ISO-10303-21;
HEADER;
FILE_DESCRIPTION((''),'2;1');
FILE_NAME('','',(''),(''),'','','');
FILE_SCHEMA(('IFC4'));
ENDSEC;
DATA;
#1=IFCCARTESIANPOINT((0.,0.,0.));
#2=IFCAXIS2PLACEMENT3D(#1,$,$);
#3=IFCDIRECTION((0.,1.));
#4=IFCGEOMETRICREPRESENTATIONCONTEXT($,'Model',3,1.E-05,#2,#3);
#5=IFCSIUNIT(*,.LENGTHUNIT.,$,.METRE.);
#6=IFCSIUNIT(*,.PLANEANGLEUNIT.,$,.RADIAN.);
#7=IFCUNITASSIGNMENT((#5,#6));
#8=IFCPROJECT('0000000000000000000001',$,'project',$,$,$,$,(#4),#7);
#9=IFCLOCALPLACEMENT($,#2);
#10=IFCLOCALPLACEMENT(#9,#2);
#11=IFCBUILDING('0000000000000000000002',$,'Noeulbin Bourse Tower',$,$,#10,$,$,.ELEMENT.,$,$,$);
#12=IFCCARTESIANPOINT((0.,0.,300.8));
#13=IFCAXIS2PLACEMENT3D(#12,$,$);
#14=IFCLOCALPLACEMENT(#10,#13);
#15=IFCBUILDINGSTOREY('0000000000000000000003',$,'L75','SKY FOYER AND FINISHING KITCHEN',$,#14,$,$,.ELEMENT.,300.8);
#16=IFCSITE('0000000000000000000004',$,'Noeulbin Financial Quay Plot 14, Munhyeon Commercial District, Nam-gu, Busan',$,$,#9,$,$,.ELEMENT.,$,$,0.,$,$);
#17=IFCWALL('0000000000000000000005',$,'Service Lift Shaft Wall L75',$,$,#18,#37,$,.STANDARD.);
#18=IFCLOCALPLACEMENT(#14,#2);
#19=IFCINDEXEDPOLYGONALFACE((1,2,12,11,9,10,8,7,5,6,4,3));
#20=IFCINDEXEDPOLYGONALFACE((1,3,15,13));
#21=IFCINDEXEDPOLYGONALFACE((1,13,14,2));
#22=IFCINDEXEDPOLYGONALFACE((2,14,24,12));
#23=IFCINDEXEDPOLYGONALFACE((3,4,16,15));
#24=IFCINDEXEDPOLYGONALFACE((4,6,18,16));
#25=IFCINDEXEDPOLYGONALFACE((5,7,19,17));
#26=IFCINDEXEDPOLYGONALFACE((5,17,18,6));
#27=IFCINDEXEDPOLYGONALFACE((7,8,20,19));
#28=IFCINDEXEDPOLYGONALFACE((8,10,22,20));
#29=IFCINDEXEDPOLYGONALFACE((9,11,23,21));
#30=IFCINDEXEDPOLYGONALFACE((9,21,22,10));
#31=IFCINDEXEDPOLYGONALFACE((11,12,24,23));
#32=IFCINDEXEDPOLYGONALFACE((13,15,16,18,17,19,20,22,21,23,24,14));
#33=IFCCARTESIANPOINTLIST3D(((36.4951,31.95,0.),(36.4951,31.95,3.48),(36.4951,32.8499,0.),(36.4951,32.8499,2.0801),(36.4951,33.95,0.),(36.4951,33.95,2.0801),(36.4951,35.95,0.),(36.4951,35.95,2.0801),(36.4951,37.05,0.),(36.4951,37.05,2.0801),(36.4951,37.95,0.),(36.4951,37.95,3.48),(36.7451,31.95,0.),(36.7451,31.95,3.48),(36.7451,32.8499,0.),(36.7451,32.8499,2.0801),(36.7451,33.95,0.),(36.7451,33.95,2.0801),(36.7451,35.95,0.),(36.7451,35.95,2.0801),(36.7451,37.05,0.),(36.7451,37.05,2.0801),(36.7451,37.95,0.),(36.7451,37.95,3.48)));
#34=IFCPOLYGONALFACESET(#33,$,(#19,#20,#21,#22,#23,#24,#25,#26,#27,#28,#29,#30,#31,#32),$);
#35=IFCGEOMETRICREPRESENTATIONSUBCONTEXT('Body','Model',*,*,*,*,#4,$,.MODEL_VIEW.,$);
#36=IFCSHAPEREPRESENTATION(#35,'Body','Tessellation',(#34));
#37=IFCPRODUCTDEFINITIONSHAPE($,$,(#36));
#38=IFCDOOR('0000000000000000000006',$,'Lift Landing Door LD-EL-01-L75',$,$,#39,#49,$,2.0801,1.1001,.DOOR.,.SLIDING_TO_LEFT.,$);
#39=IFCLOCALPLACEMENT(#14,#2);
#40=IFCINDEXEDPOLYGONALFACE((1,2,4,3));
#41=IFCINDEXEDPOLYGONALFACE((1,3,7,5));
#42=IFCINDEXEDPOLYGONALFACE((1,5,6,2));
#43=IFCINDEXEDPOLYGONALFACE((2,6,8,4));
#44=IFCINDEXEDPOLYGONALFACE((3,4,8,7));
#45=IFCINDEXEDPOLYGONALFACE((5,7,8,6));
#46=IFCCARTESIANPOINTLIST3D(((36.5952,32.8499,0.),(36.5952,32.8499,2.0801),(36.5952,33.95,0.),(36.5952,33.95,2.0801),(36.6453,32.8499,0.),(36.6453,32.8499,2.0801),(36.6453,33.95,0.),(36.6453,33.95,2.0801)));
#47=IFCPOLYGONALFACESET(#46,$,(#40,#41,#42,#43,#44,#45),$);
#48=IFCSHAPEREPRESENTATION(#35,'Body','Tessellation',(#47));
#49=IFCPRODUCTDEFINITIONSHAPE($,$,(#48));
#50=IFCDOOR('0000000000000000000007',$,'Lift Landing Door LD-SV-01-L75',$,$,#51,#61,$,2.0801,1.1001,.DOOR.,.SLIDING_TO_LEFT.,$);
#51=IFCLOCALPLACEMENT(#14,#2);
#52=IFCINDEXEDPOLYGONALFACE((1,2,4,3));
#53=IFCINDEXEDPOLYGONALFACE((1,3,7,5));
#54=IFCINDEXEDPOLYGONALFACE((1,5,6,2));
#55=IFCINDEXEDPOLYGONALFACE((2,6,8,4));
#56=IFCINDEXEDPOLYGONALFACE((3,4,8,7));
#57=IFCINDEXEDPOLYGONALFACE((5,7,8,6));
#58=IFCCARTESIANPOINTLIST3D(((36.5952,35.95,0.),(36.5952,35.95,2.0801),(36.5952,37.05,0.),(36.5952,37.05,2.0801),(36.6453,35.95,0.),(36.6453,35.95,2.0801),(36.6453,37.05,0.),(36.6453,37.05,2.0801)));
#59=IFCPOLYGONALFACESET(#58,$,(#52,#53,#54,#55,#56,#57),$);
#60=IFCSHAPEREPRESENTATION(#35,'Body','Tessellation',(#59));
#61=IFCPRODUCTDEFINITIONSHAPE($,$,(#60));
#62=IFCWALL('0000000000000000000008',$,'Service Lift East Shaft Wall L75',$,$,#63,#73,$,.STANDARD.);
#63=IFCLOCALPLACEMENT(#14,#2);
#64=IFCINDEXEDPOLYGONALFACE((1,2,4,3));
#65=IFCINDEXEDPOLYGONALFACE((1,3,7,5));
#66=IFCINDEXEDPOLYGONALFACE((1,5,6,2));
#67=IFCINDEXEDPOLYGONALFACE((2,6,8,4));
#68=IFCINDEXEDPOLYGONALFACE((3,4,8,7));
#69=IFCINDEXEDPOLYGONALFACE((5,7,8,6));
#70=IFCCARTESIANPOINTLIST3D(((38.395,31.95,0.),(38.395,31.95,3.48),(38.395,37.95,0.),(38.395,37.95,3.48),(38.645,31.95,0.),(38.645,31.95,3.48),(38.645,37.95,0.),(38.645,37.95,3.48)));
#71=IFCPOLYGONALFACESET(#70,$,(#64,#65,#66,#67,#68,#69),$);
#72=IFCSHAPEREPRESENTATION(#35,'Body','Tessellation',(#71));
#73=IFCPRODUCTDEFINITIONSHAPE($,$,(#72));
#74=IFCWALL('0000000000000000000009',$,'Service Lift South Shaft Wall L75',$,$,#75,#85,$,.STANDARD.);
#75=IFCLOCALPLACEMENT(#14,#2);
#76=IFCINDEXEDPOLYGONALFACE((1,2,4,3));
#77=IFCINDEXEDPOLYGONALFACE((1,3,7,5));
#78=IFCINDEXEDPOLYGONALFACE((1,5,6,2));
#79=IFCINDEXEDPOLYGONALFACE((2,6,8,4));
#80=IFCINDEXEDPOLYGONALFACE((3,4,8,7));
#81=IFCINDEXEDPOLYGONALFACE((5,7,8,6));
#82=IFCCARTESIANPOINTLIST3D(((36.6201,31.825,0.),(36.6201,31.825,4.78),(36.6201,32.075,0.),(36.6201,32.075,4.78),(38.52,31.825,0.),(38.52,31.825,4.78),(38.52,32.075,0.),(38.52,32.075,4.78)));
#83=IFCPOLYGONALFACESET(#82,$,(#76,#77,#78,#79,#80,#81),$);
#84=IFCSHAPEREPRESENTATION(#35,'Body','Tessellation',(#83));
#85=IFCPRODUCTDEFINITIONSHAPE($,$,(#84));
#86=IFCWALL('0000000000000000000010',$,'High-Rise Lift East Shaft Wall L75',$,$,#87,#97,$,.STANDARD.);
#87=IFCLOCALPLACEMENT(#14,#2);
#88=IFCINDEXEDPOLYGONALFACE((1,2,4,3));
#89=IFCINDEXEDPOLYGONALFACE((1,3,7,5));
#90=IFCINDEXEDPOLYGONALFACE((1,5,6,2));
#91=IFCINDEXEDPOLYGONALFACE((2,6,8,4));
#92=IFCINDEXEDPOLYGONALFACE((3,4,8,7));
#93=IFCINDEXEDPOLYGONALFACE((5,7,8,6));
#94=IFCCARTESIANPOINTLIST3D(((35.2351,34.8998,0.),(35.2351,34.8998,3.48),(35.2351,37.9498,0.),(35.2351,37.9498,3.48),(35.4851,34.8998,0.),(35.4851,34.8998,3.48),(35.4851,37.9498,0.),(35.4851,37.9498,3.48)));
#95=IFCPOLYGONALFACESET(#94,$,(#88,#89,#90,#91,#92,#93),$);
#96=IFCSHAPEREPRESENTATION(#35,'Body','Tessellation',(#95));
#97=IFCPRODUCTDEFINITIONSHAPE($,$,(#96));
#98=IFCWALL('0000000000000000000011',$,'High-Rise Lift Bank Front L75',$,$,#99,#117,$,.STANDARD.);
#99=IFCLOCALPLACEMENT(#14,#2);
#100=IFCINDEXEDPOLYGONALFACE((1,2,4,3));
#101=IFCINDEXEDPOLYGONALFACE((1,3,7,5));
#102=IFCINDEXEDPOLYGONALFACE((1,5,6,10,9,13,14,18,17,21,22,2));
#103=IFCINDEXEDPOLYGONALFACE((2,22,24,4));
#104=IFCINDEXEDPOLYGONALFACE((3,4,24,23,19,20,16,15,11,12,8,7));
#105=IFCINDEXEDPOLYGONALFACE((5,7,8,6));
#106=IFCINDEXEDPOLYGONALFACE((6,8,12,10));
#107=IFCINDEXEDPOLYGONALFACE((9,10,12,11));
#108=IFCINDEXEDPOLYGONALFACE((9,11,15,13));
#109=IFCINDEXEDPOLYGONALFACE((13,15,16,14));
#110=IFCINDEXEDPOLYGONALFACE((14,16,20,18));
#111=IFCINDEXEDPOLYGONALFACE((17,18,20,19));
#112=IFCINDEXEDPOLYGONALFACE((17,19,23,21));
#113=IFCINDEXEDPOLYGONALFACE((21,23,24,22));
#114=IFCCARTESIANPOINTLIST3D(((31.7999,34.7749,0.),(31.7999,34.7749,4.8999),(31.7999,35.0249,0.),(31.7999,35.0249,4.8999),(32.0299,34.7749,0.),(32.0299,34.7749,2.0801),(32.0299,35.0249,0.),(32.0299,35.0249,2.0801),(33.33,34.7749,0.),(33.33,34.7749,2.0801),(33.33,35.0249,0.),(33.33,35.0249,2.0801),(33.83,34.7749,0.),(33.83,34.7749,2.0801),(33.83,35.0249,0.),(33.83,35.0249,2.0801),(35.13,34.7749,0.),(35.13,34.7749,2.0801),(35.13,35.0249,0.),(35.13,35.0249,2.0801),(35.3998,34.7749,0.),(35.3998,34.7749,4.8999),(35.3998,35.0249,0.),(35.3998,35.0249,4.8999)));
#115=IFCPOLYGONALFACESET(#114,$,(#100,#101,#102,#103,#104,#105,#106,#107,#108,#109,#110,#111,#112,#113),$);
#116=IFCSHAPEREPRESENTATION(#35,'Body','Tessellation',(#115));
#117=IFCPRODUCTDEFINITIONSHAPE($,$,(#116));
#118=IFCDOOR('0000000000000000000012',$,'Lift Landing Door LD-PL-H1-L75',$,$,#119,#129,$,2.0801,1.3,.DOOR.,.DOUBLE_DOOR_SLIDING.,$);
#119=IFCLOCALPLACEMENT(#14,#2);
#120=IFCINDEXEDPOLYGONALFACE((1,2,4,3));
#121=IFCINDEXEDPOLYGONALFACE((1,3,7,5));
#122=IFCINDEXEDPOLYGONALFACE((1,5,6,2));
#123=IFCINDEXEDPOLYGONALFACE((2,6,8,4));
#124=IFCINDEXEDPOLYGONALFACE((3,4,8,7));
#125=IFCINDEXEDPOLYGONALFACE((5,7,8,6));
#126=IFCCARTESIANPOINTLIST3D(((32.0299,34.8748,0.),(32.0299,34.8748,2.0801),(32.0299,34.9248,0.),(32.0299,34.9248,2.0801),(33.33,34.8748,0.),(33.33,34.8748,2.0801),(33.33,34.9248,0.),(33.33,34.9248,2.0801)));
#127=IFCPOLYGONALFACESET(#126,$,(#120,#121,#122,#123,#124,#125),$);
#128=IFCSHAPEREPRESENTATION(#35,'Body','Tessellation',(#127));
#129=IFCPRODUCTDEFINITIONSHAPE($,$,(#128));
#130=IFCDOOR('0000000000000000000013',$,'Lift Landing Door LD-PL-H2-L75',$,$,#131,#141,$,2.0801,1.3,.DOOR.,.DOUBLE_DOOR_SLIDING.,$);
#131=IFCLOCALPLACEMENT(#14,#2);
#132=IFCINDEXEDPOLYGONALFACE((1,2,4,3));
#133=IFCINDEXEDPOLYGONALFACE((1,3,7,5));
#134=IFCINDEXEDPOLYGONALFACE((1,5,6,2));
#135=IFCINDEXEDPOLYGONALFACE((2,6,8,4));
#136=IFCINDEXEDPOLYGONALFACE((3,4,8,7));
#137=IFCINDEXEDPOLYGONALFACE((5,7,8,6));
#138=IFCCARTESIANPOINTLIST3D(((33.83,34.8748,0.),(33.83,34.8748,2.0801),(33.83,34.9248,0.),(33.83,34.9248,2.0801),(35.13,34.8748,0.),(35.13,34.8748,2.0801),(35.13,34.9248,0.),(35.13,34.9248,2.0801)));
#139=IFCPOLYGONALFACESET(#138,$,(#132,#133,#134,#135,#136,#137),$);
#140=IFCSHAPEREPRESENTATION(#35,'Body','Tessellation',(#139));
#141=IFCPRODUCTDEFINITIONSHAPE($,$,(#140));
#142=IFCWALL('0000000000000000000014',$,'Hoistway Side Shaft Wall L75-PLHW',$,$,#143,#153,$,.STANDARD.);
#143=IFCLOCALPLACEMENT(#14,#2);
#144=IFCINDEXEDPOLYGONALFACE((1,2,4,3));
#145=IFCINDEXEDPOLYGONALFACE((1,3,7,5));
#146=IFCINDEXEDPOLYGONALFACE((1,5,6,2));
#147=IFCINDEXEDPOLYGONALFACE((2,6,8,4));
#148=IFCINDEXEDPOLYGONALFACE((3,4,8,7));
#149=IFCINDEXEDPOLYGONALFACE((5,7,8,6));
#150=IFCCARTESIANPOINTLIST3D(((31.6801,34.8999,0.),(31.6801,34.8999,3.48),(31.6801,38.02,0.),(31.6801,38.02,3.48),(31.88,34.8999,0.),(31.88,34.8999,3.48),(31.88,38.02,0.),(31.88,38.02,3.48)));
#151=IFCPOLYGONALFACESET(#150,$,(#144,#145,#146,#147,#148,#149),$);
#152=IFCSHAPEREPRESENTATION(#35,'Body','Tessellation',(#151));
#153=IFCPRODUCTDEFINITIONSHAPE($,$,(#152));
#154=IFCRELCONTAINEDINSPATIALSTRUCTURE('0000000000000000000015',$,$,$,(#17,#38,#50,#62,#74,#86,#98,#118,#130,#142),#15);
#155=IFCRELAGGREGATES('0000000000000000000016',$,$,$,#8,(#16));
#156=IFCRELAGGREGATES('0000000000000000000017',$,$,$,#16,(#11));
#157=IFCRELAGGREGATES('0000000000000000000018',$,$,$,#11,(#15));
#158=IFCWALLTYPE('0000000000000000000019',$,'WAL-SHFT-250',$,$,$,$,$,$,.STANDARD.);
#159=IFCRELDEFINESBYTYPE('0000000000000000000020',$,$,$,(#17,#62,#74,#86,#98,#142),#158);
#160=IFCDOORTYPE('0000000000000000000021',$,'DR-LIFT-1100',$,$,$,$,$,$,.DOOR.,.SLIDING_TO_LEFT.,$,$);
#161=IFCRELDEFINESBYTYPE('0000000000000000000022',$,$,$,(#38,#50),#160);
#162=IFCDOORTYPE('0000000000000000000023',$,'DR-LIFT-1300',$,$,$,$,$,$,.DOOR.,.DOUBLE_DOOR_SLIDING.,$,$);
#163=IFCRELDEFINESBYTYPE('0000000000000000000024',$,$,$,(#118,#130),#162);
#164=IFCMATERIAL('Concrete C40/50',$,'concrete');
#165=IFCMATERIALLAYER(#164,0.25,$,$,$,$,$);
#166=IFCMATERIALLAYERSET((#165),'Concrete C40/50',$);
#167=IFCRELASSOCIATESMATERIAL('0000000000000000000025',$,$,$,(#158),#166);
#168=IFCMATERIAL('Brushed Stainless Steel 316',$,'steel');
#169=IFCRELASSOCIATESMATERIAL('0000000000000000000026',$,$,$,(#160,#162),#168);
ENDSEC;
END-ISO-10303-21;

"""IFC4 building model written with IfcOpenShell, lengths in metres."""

from ifc_helpers import new_model, si_unit, direction, frame, frame_2d, origin, place, context, subcontext, project, spatial, rectangle, extrude, material, layer, layer_set, type_object, element, fill, save


model = new_model("IFC4")

# Units and contexts
model_context = context("Model", 3, precision=1e-05, world=origin(), true_north=direction((0.0, 1.0)))
body_context = subcontext(model_context, "Body", "Model", "MODEL_VIEW")
ifc_project = project(units=[si_unit("LENGTHUNIT", "METRE"), si_unit("PLANEANGLEUNIT", "RADIAN")], contexts=[model_context])

# Site, building, storey
site_placement = place(None, origin())
site = spatial("IfcSite", under=ifc_project, at=site_placement, Name="Noeulbin Financial Quay Plot 14, Munhyeon Commercial District, Nam-gu, Busan", CompositionType="ELEMENT", RefElevation=0.0)
building_placement = place(site_placement, origin())
building = spatial("IfcBuilding", under=site, at=building_placement, Name="Noeulbin Bourse Tower", CompositionType="ELEMENT")
storey_placement = place(building_placement, frame((0.0, 0.0, 300.8)))
storey = spatial("IfcBuildingStorey", under=building, at=storey_placement, Name="L75", Description="SKY FOYER AND FINISHING KITCHEN", CompositionType="ELEMENT", Elevation=300.8)

# Shared definitions
ifc_material_1 = material(Name="Concrete C40/50", Category="concrete")
ifc_layer_1 = layer(ifc_material_1, 0.25)
ifc_layer_set_1 = layer_set([ifc_layer_1], Name="Concrete C40/50")
wall_type_1 = type_object("IfcWallType", Name="WAL-SHFT-250", PredefinedType="STANDARD", material=ifc_layer_set_1)

# Wall, openings, doors
wall_1_placement = place(storey_placement, frame((36.6201, 31.95, 0.0), z_axis=(0.0, 0.0, 1.0), x_axis=(0.0, 1.0, 0.0)))
wall_1 = element("IfcWall", 1, at=wall_1_placement, inside=storey, type_object=wall_type_1, Name="Service Lift Shaft Wall L75", PredefinedType="STANDARD", context=body_context, shape_type="SweptSolid", body=[
    extrude(rectangle(XDim=6.0, YDim=0.25, at=frame_2d((3.0, 0.0))), origin(), (0.0, 0.0, 1.0), 3.48),
])
opening_1_placement = place(wall_1_placement, frame((0.8999, 0.0, 0.0)))
opening_1 = element("IfcOpeningElement", 2, at=opening_1_placement, cuts=wall_1, PredefinedType="OPENING", context=body_context, shape_type="SweptSolid", body=[
    extrude(rectangle(XDim=1.1001, YDim=2.0801, at=frame_2d((0.55, 1.04))), frame((0.0, 0.135, 0.0), z_axis=(0.0, -1.0, 0.0), x_axis=(1.0, 0.0, 0.0)), (0.0, 0.0, 1.0), 0.27),
])
opening_2_placement = place(wall_1_placement, frame((4.0, 0.0, 0.0)))
opening_2 = element("IfcOpeningElement", 3, at=opening_2_placement, cuts=wall_1, PredefinedType="OPENING", context=body_context, shape_type="SweptSolid", body=[
    extrude(rectangle(XDim=1.1001, YDim=2.0801, at=frame_2d((0.55, 1.04))), frame((0.0, 0.135, 0.0), z_axis=(0.0, -1.0, 0.0), x_axis=(1.0, 0.0, 0.0)), (0.0, 0.0, 1.0), 0.27),
])
ifc_material_2 = material(Name="Brushed Stainless Steel 316", Category="steel")
door_type_1 = type_object("IfcDoorType", Name="DR-LIFT-1100", OperationType="SLIDING_TO_LEFT", PredefinedType="DOOR", material=ifc_material_2)
door_1_placement = place(opening_1_placement, origin())
door_1 = element("IfcDoor", 4, at=door_1_placement, inside=storey, type_object=door_type_1, Name="Lift Landing Door LD-EL-01-L75", OperationType="SLIDING_TO_LEFT", OverallHeight=2.0801, OverallWidth=1.1001, PredefinedType="DOOR", context=body_context, shape_type="SweptSolid", body=[
    extrude(rectangle(XDim=1.1001, YDim=2.0801, at=frame_2d((0.55, 1.04))), frame((0.0, 0.0249, 0.0), z_axis=(0.0, -1.0, 0.0), x_axis=(1.0, 0.0, 0.0)), (0.0, 0.0, 1.0), 0.05),
])
fill(opening_1, door_1)
door_2_placement = place(opening_2_placement, origin())
door_2 = element("IfcDoor", 5, at=door_2_placement, inside=storey, type_object=door_type_1, Name="Lift Landing Door LD-SV-01-L75", OperationType="SLIDING_TO_LEFT", OverallHeight=2.0801, OverallWidth=1.1001, PredefinedType="DOOR", context=body_context, shape_type="SweptSolid", body=[
    extrude(rectangle(XDim=1.1001, YDim=2.0801, at=frame_2d((0.55, 1.04))), frame((0.0, 0.0249, 0.0), z_axis=(0.0, -1.0, 0.0), x_axis=(1.0, 0.0, 0.0)), (0.0, 0.0, 1.0), 0.05),
])
fill(opening_2, door_2)

# Walls
wall_2_placement = place(storey_placement, frame((38.52, 31.95, 0.0), z_axis=(0.0, 0.0, 1.0), x_axis=(0.0, 1.0, 0.0)))
element("IfcWall", 6, at=wall_2_placement, inside=storey, type_object=wall_type_1, Name="Service Lift East Shaft Wall L75", PredefinedType="STANDARD", context=body_context, shape_type="SweptSolid", body=[
    extrude(rectangle(XDim=6.0, YDim=0.25, at=frame_2d((3.0, 0.0))), origin(), (0.0, 0.0, 1.0), 3.48),
])
wall_3_placement = place(storey_placement, frame((36.6201, 31.95, 0.0), z_axis=(0.0, 0.0, 1.0), x_axis=(1.0, 0.0, 0.0)))
element("IfcWall", 7, at=wall_3_placement, inside=storey, type_object=wall_type_1, Name="Service Lift South Shaft Wall L75", PredefinedType="STANDARD", context=body_context, shape_type="SweptSolid", body=[
    extrude(rectangle(XDim=1.8999, YDim=0.25, at=frame_2d((0.95, 0.0))), origin(), (0.0, 0.0, 1.0), 4.78),
])
wall_4_placement = place(storey_placement, frame((35.3601, 34.8999, 0.0), z_axis=(0.0, 0.0, 1.0), x_axis=(0.0, 1.0, 0.0)))
element("IfcWall", 8, at=wall_4_placement, inside=storey, type_object=wall_type_1, Name="High-Rise Lift East Shaft Wall L75", PredefinedType="STANDARD", context=body_context, shape_type="SweptSolid", body=[
    extrude(rectangle(XDim=3.05, YDim=0.25, at=frame_2d((1.5249, 0.0))), origin(), (0.0, 0.0, 1.0), 3.48),
])

# Wall, openings, doors
wall_5_placement = place(storey_placement, frame((31.8, 34.8999, 0.0), z_axis=(0.0, 0.0, 1.0), x_axis=(1.0, 0.0, 0.0)))
wall_5 = element("IfcWall", 9, at=wall_5_placement, inside=storey, type_object=wall_type_1, Name="High-Rise Lift Bank Front L75", PredefinedType="STANDARD", context=body_context, shape_type="SweptSolid", body=[
    extrude(rectangle(XDim=3.5999, YDim=0.25, at=frame_2d((1.7998, 0.0))), origin(), (0.0, 0.0, 1.0), 4.8999),
])
opening_3_placement = place(wall_5_placement, frame((0.23, 0.0, 0.0)))
opening_3 = element("IfcOpeningElement", 10, at=opening_3_placement, cuts=wall_5, PredefinedType="OPENING", context=body_context, shape_type="SweptSolid", body=[
    extrude(rectangle(XDim=1.3, YDim=2.0801, at=frame_2d((0.6499, 1.04))), frame((0.0, 0.135, 0.0), z_axis=(0.0, -1.0, 0.0), x_axis=(1.0, 0.0, 0.0)), (0.0, 0.0, 1.0), 0.27),
])
opening_4_placement = place(wall_5_placement, frame((2.03, 0.0, 0.0)))
opening_4 = element("IfcOpeningElement", 11, at=opening_4_placement, cuts=wall_5, PredefinedType="OPENING", context=body_context, shape_type="SweptSolid", body=[
    extrude(rectangle(XDim=1.3, YDim=2.0801, at=frame_2d((0.6499, 1.04))), frame((0.0, 0.135, 0.0), z_axis=(0.0, -1.0, 0.0), x_axis=(1.0, 0.0, 0.0)), (0.0, 0.0, 1.0), 0.27),
])
door_type_2 = type_object("IfcDoorType", Name="DR-LIFT-1300", OperationType="DOUBLE_DOOR_SLIDING", PredefinedType="DOOR", material=ifc_material_2)
door_3_placement = place(opening_3_placement, origin())
door_3 = element("IfcDoor", 12, at=door_3_placement, inside=storey, type_object=door_type_2, Name="Lift Landing Door LD-PL-H1-L75", OperationType="DOUBLE_DOOR_SLIDING", OverallHeight=2.0801, OverallWidth=1.3, PredefinedType="DOOR", context=body_context, shape_type="SweptSolid", body=[
    extrude(rectangle(XDim=1.3, YDim=2.0801, at=frame_2d((0.6499, 1.04))), frame((0.0, 0.0249, 0.0), z_axis=(0.0, -1.0, 0.0), x_axis=(1.0, 0.0, 0.0)), (0.0, 0.0, 1.0), 0.05),
])
fill(opening_3, door_3)
door_4_placement = place(opening_4_placement, origin())
door_4 = element("IfcDoor", 13, at=door_4_placement, inside=storey, type_object=door_type_2, Name="Lift Landing Door LD-PL-H2-L75", OperationType="DOUBLE_DOOR_SLIDING", OverallHeight=2.0801, OverallWidth=1.3, PredefinedType="DOOR", context=body_context, shape_type="SweptSolid", body=[
    extrude(rectangle(XDim=1.3, YDim=2.0801, at=frame_2d((0.6499, 1.04))), frame((0.0, 0.0249, 0.0), z_axis=(0.0, -1.0, 0.0), x_axis=(1.0, 0.0, 0.0)), (0.0, 0.0, 1.0), 0.05),
])
fill(opening_4, door_4)

# Wall
wall_6_placement = place(storey_placement, frame((31.78, 34.8999, 0.0), z_axis=(0.0, 0.0, 1.0), x_axis=(0.0, 1.0, 0.0)))
element("IfcWall", 14, at=wall_6_placement, inside=storey, type_object=wall_type_1, Name="Hoistway Side Shaft Wall L75-PLHW", PredefinedType="STANDARD", context=body_context, shape_type="SweptSolid", body=[
    extrude(rectangle(XDim=3.1201, YDim=0.2, at=frame_2d((1.5601, 0.0))), origin(), (0.0, 0.0, 1.0), 3.48),
])

save(model, "model.ifc")
